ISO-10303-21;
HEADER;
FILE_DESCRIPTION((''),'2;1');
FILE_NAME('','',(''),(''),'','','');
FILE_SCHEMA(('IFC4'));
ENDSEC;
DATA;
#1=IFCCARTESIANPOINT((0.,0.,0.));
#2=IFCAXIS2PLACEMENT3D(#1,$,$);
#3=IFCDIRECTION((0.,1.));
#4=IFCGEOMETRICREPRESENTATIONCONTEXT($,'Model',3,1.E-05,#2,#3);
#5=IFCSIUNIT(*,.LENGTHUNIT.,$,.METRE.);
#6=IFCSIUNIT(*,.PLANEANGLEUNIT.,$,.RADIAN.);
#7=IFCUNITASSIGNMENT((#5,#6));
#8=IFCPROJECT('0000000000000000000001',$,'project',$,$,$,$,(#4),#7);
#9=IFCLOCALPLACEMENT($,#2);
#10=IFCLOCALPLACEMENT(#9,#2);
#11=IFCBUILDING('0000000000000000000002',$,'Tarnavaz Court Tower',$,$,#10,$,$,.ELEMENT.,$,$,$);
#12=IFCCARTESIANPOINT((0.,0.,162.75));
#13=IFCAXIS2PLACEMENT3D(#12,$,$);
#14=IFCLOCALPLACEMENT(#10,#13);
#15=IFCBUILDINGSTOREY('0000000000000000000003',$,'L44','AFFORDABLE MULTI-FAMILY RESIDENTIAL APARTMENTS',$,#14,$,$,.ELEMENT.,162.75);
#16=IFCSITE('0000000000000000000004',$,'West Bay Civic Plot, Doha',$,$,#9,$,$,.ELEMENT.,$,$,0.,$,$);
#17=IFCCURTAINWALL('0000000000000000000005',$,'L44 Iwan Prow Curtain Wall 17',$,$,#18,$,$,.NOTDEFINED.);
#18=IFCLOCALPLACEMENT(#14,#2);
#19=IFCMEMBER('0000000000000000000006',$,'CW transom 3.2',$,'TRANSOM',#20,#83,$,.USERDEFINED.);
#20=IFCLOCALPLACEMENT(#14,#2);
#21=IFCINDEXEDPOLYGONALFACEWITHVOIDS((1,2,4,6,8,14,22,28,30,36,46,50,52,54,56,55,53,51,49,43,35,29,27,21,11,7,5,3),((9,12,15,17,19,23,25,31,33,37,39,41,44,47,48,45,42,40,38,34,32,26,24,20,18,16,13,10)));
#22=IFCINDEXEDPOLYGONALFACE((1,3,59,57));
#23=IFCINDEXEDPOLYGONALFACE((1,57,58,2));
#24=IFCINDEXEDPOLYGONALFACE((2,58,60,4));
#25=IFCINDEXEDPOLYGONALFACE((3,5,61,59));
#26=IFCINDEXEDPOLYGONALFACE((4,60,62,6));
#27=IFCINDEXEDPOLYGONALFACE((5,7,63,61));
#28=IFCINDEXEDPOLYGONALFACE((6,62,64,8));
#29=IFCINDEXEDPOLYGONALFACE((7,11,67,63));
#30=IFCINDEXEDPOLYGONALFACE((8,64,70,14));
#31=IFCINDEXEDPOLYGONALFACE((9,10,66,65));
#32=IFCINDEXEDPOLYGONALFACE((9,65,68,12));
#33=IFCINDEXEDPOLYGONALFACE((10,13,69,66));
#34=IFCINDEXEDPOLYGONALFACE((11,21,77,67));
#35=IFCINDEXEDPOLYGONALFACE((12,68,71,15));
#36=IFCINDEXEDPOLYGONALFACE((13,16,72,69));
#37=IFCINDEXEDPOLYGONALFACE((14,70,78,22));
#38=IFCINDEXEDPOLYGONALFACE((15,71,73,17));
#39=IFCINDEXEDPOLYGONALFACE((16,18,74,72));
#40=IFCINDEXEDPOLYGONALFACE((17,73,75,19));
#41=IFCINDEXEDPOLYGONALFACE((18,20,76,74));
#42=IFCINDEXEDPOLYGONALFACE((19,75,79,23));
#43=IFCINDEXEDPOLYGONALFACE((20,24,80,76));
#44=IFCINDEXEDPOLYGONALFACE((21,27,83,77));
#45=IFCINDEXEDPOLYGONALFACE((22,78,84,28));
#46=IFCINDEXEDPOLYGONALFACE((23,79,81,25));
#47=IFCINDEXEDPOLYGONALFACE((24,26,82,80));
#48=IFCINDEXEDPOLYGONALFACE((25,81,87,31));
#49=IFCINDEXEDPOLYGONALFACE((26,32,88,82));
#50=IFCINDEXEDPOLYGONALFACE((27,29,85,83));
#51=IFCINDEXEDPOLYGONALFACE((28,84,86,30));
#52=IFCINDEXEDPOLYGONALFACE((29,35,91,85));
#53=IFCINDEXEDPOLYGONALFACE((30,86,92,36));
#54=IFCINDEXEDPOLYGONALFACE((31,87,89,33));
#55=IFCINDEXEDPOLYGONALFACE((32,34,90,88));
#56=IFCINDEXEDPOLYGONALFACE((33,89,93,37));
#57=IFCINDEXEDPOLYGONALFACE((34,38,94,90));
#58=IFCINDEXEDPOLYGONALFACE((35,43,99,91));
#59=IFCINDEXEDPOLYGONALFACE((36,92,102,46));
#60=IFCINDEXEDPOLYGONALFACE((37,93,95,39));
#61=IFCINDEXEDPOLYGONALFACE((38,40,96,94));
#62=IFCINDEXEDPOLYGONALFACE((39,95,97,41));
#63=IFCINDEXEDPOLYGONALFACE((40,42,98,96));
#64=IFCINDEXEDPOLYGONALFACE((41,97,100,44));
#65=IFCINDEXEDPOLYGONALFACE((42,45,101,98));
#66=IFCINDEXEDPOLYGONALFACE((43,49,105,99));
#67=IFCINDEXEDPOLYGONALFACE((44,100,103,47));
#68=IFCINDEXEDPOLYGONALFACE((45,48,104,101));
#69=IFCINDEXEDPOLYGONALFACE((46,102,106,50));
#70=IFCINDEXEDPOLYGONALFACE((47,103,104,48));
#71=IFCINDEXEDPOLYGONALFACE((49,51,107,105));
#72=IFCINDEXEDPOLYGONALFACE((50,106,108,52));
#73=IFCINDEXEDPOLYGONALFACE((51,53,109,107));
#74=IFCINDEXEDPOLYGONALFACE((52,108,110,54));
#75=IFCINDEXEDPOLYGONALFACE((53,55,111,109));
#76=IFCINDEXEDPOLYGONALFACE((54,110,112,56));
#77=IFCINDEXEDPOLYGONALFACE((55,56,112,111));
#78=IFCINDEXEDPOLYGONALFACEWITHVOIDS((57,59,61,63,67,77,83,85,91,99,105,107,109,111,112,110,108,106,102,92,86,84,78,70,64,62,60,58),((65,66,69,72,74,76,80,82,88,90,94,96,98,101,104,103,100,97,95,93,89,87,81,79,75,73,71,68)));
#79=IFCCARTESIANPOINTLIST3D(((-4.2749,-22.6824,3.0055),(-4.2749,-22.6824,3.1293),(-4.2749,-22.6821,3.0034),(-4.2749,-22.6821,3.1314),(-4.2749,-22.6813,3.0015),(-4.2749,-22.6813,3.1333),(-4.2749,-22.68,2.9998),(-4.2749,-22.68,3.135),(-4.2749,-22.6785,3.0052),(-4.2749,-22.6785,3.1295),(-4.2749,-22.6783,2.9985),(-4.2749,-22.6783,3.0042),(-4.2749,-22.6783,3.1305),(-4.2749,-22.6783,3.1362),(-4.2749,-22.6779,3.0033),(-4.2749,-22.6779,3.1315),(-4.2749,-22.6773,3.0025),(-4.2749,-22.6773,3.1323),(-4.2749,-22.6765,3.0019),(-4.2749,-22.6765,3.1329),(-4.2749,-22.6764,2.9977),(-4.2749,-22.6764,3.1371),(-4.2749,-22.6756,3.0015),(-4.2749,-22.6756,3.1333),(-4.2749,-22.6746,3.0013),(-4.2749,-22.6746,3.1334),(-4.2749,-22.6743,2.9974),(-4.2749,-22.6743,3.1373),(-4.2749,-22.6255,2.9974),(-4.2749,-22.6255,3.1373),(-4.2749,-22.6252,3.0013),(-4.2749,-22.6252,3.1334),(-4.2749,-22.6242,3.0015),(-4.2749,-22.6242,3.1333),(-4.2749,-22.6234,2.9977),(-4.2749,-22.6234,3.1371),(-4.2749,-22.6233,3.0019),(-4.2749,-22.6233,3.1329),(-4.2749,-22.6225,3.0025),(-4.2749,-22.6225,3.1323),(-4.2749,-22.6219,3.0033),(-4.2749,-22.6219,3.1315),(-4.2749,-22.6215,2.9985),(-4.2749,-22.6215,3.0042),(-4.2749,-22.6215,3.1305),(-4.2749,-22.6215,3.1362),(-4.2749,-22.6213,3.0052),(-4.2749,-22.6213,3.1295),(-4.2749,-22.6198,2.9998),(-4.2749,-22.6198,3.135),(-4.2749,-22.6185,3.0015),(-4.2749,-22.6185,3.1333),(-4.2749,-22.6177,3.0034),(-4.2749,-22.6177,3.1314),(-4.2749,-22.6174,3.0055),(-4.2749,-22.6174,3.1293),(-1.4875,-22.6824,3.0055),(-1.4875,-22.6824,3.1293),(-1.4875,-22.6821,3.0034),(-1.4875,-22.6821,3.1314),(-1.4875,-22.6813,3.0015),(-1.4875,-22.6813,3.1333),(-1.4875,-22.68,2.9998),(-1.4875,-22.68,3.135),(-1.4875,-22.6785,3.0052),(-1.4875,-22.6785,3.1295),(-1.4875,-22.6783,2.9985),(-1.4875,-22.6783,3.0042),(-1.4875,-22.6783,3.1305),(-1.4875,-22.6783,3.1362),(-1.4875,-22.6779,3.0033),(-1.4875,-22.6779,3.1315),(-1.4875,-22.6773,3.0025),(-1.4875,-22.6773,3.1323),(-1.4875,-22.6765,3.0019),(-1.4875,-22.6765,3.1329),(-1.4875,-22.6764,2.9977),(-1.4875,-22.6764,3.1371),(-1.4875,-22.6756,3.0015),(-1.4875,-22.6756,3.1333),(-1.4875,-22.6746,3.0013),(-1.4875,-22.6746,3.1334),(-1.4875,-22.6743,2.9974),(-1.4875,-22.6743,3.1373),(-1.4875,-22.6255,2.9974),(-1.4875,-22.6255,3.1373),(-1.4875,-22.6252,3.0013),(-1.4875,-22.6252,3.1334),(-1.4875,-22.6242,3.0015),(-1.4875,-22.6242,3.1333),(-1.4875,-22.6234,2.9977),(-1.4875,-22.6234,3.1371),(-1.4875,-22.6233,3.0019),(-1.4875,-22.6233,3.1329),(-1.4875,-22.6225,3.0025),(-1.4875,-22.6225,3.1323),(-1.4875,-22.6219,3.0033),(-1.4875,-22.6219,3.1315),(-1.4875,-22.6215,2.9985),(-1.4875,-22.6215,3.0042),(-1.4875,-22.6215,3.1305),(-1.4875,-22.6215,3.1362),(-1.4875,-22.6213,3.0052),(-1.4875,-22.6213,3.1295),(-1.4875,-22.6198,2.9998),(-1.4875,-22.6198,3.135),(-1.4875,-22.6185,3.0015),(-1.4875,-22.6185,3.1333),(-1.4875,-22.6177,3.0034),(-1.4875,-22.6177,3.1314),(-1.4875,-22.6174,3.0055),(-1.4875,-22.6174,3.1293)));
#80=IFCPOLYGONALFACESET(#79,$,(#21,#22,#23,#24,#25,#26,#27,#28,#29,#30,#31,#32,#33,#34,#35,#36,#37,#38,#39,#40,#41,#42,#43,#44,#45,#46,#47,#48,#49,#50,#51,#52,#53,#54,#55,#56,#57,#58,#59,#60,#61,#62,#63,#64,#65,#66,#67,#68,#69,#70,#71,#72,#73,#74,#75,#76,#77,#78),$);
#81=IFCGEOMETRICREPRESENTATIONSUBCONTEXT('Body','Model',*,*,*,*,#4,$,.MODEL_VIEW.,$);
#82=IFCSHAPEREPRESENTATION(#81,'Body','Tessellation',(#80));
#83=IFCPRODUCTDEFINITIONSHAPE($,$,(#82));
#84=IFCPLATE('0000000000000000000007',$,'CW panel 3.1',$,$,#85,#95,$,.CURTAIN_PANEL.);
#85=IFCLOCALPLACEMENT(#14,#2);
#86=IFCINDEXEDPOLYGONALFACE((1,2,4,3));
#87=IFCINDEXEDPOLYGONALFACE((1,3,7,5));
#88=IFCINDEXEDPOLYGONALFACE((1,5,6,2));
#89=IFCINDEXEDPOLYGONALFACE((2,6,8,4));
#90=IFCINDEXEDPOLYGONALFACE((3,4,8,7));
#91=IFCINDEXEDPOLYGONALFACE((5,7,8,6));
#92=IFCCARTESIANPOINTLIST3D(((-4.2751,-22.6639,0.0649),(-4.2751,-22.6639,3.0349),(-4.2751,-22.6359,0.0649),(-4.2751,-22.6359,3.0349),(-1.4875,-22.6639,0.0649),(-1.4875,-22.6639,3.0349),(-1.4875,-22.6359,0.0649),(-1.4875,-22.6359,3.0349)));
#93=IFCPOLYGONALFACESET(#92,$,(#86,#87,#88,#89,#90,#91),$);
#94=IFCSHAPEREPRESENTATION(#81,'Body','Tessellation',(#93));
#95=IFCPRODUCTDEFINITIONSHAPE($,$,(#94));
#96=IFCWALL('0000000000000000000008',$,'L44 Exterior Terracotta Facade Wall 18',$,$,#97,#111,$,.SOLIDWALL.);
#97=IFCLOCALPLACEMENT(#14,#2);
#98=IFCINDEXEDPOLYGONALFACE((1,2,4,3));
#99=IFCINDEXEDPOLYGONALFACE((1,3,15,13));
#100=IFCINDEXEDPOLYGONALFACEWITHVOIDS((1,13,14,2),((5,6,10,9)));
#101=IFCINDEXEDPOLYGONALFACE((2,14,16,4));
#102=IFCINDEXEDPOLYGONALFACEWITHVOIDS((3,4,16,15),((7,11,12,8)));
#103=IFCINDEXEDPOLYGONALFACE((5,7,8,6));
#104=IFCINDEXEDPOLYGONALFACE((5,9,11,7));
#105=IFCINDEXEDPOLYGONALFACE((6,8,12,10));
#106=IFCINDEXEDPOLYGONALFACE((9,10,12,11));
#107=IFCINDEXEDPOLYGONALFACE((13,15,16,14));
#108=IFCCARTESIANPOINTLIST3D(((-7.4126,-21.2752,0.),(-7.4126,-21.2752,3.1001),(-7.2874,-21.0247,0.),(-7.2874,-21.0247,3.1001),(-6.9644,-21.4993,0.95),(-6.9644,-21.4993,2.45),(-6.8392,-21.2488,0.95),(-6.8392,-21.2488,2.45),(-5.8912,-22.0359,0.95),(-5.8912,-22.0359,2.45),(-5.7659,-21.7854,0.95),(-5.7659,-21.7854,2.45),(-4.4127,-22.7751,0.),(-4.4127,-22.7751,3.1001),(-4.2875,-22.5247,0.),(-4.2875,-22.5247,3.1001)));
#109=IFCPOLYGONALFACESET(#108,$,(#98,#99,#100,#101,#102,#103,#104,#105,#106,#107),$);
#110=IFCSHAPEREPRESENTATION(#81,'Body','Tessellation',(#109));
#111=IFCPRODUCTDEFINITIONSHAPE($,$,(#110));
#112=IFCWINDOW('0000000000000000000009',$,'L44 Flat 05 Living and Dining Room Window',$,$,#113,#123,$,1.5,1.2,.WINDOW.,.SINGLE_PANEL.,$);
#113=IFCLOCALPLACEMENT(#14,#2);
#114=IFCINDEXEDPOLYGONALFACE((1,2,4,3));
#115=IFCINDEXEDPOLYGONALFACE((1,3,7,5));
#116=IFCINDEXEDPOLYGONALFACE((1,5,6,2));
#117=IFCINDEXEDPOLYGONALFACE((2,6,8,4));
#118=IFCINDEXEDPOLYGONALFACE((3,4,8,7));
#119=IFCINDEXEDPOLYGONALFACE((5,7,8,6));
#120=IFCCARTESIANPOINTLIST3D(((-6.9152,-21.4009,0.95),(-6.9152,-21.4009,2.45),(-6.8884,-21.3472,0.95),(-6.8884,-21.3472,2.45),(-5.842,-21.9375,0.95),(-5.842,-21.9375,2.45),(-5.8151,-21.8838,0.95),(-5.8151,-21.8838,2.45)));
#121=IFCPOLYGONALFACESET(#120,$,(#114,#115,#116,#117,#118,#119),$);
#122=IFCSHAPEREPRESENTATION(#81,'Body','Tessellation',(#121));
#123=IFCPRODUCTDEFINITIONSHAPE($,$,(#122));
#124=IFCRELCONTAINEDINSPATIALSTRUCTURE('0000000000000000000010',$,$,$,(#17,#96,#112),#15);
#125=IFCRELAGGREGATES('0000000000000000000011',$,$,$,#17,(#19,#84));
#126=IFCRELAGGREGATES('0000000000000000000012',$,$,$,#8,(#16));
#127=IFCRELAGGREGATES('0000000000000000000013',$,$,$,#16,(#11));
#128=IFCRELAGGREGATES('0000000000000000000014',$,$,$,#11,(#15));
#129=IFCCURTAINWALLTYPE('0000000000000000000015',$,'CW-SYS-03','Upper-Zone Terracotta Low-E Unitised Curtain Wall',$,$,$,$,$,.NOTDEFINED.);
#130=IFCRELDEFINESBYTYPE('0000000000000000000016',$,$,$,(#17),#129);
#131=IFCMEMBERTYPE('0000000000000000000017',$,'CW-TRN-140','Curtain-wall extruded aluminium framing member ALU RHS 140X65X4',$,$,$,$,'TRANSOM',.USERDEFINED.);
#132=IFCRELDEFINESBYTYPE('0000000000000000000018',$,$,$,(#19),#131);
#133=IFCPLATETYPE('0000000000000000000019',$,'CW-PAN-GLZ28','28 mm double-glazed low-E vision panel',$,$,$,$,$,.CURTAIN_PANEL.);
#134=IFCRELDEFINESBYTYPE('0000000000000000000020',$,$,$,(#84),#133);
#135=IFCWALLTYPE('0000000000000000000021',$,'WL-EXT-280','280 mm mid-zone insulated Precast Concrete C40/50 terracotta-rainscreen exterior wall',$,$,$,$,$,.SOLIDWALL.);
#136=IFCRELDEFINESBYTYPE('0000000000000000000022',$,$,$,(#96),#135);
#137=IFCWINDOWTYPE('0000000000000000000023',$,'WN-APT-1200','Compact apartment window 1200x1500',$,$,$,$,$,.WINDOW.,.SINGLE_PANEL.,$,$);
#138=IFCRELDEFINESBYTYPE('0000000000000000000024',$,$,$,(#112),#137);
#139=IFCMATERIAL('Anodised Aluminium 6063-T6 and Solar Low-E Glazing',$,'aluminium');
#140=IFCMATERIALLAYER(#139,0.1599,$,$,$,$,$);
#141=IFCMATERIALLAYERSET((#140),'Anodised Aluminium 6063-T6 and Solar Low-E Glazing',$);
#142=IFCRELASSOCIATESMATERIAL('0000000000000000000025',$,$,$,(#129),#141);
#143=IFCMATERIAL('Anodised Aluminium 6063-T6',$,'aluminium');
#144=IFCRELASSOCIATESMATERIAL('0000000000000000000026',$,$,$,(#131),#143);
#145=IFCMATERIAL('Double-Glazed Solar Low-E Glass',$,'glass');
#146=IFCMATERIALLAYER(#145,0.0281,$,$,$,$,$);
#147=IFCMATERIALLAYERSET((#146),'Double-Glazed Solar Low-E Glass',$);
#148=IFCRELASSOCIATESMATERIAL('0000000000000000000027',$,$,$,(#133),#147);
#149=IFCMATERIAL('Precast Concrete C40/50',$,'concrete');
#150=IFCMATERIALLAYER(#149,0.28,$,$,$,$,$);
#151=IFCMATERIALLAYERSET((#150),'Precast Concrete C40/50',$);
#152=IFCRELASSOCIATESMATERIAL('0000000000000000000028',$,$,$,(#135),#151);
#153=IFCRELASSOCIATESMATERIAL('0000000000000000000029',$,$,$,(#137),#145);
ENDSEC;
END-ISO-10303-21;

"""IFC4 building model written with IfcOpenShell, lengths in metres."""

from ifc_helpers import new_model, si_unit, direction, frame, frame_2d, origin, origin_2d, place, context, subcontext, project, spatial, rectangle, hollow_rectangle, extrude, material, layer, layer_set, material_profile, profile_set, type_object, element, fill, aggregate, save


model = new_model("IFC4")

# Units and contexts
model_context = context("Model", 3, precision=1e-05, world=origin(), true_north=direction((0.0, 1.0)))
body_context = subcontext(model_context, "Body", "Model", "MODEL_VIEW")
ifc_project = project(units=[si_unit("LENGTHUNIT", "METRE"), si_unit("PLANEANGLEUNIT", "RADIAN")], contexts=[model_context])

# Site, building, storey
site_placement = place(None, origin())
site = spatial("IfcSite", under=ifc_project, at=site_placement, Name="West Bay Civic Plot, Doha", CompositionType="ELEMENT", RefElevation=0.0)
building_placement = place(site_placement, origin())
building = spatial("IfcBuilding", under=site, at=building_placement, Name="Tarnavaz Court Tower", CompositionType="ELEMENT")
storey_placement = place(building_placement, frame((0.0, 0.0, 162.75)))
storey = spatial("IfcBuildingStorey", under=building, at=storey_placement, Name="L44", Description="AFFORDABLE MULTI-FAMILY RESIDENTIAL APARTMENTS", CompositionType="ELEMENT", Elevation=162.75)

# Curtain wall, member, plate
ifc_material_1 = material(Name="Anodised Aluminium 6063-T6 and Solar Low-E Glazing", Category="aluminium")
ifc_layer_1 = layer(ifc_material_1, 0.1599)
ifc_layer_set_1 = layer_set([ifc_layer_1], Name="Anodised Aluminium 6063-T6 and Solar Low-E Glazing")
curtain_wall_type = type_object("IfcCurtainWallType", Name="CW-SYS-03", Description="Upper-Zone Terracotta Low-E Unitised Curtain Wall", PredefinedType="NOTDEFINED", material=ifc_layer_set_1)
curtain_wall_placement = place(storey_placement, origin())
curtain_wall = element("IfcCurtainWall", 1, at=curtain_wall_placement, inside=storey, type_object=curtain_wall_type, Name="L44 Iwan Prow Curtain Wall 17", PredefinedType="NOTDEFINED")
ifc_material_2 = material(Name="Anodised Aluminium 6063-T6", Category="aluminium")
ifc_material_profile_1 = material_profile(ifc_material_2, hollow_rectangle(XDim=0.0649, YDim=0.1399, WallThickness=0.0039, InnerFilletRadius=0.0039, OuterFilletRadius=0.0081, at=origin_2d()), Name="ALU RHS 140X65X4")
ifc_profile_set_1 = profile_set([ifc_material_profile_1], Name="Anodised Aluminium 6063-T6")
member_type_1 = type_object("IfcMemberType", Name="CW-TRN-140", Description="Curtain-wall extruded aluminium framing member ALU RHS 140X65X4", ElementType="TRANSOM", PredefinedType="USERDEFINED", material=ifc_profile_set_1)
member_1_placement = place(storey_placement, frame((-1.4875, -22.6499, 3.0674), z_axis=(-1.0, 0.0, 0.0), x_axis=(0.0, -1.0, 0.0)))
member_1 = element("IfcMember", 2, at=member_1_placement, type_object=member_type_1, Name="CW transom 3.2", ObjectType="TRANSOM", PredefinedType="USERDEFINED", context=body_context, shape_type="SweptSolid", body=[
    extrude(hollow_rectangle(XDim=0.0649, YDim=0.1399, WallThickness=0.0039, InnerFilletRadius=0.0039, OuterFilletRadius=0.0081, at=origin_2d()), origin(), (0.0, 0.0, 1.0), 2.7874),
])
ifc_material_3 = material(Name="Double-Glazed Solar Low-E Glass", Category="glass")
ifc_layer_2 = layer(ifc_material_3, 0.0281)
ifc_layer_set_2 = layer_set([ifc_layer_2], Name="Double-Glazed Solar Low-E Glass")
plate_type = type_object("IfcPlateType", Name="CW-PAN-GLZ28", Description="28 mm double-glazed low-E vision panel", PredefinedType="CURTAIN_PANEL", material=ifc_layer_set_2)
plate_placement = place(storey_placement, frame((-2.8813, -22.6499, 0.0649), z_axis=(0.0, 0.0, 1.0), x_axis=(-1.0, 0.0, 0.0)))
plate = element("IfcPlate", 3, at=plate_placement, type_object=plate_type, Name="CW panel 3.1", PredefinedType="CURTAIN_PANEL", context=body_context, shape_type="SweptSolid", body=[
    extrude(rectangle(XDim=2.7876, YDim=0.0281, at=origin_2d()), origin(), (0.0, 0.0, 1.0), 2.97),
])
aggregate(curtain_wall, [member_1, plate])

# Wall, opening, window
ifc_material_4 = material(Name="Precast Concrete C40/50", Category="concrete")
ifc_layer_3 = layer(ifc_material_4, 0.28)
ifc_layer_set_3 = layer_set([ifc_layer_3], Name="Precast Concrete C40/50")
wall_type_1 = type_object("IfcWallType", Name="WL-EXT-280", Description="280 mm mid-zone insulated Precast Concrete C40/50 terracotta-rainscreen exterior wall", PredefinedType="SOLIDWALL", material=ifc_layer_set_3)
wall_1_placement = place(storey_placement, frame((-4.3501, -22.6499, 0.0), z_axis=(0.0, 0.0, 1.0), x_axis=(-0.894427, 0.447214, 0.0)))
wall_1 = element("IfcWall", 4, at=wall_1_placement, inside=storey, type_object=wall_type_1, Name="L44 Exterior Terracotta Facade Wall 18", PredefinedType="SOLIDWALL", context=body_context, shape_type="SweptSolid", body=[
    extrude(rectangle(XDim=3.354, YDim=0.28, at=frame_2d((1.677, 0.0))), origin(), (0.0, 0.0, 1.0), 3.1001),
])
opening_1_placement = place(wall_1_placement, frame((1.6528, 0.0, 0.95)))
opening_1 = element("IfcOpeningElement", 5, at=opening_1_placement, cuts=wall_1, PredefinedType="OPENING", context=body_context, shape_type="SweptSolid", body=[
    extrude(rectangle(XDim=1.2, YDim=1.5, at=frame_2d((0.6001, 0.75))), frame((0.0, 0.1499, 0.0), z_axis=(0.0, -1.0, 0.0), x_axis=(1.0, 0.0, 0.0)), (0.0, 0.0, 1.0), 0.3),
])
window_type_1 = type_object("IfcWindowType", Name="WN-APT-1200", Description="Compact apartment window 1200x1500", PartitioningType="SINGLE_PANEL", PredefinedType="WINDOW", material=ifc_material_3)
window_1_placement = place(opening_1_placement, origin())
window_1 = element("IfcWindow", 6, at=window_1_placement, inside=storey, type_object=window_type_1, Name="L44 Flat 05 Living and Dining Room Window", OverallHeight=1.5, OverallWidth=1.2, PartitioningType="SINGLE_PANEL", PredefinedType="WINDOW", context=body_context, shape_type="SweptSolid", body=[
    extrude(rectangle(XDim=1.2, YDim=1.5, at=frame_2d((0.6001, 0.75))), frame((0.0, 0.03, 0.0), z_axis=(0.0, -1.0, 0.0), x_axis=(1.0, 0.0, 0.0)), (0.0, 0.0, 1.0), 0.0601),
])
fill(opening_1, window_1)

save(model, "model.ifc")
